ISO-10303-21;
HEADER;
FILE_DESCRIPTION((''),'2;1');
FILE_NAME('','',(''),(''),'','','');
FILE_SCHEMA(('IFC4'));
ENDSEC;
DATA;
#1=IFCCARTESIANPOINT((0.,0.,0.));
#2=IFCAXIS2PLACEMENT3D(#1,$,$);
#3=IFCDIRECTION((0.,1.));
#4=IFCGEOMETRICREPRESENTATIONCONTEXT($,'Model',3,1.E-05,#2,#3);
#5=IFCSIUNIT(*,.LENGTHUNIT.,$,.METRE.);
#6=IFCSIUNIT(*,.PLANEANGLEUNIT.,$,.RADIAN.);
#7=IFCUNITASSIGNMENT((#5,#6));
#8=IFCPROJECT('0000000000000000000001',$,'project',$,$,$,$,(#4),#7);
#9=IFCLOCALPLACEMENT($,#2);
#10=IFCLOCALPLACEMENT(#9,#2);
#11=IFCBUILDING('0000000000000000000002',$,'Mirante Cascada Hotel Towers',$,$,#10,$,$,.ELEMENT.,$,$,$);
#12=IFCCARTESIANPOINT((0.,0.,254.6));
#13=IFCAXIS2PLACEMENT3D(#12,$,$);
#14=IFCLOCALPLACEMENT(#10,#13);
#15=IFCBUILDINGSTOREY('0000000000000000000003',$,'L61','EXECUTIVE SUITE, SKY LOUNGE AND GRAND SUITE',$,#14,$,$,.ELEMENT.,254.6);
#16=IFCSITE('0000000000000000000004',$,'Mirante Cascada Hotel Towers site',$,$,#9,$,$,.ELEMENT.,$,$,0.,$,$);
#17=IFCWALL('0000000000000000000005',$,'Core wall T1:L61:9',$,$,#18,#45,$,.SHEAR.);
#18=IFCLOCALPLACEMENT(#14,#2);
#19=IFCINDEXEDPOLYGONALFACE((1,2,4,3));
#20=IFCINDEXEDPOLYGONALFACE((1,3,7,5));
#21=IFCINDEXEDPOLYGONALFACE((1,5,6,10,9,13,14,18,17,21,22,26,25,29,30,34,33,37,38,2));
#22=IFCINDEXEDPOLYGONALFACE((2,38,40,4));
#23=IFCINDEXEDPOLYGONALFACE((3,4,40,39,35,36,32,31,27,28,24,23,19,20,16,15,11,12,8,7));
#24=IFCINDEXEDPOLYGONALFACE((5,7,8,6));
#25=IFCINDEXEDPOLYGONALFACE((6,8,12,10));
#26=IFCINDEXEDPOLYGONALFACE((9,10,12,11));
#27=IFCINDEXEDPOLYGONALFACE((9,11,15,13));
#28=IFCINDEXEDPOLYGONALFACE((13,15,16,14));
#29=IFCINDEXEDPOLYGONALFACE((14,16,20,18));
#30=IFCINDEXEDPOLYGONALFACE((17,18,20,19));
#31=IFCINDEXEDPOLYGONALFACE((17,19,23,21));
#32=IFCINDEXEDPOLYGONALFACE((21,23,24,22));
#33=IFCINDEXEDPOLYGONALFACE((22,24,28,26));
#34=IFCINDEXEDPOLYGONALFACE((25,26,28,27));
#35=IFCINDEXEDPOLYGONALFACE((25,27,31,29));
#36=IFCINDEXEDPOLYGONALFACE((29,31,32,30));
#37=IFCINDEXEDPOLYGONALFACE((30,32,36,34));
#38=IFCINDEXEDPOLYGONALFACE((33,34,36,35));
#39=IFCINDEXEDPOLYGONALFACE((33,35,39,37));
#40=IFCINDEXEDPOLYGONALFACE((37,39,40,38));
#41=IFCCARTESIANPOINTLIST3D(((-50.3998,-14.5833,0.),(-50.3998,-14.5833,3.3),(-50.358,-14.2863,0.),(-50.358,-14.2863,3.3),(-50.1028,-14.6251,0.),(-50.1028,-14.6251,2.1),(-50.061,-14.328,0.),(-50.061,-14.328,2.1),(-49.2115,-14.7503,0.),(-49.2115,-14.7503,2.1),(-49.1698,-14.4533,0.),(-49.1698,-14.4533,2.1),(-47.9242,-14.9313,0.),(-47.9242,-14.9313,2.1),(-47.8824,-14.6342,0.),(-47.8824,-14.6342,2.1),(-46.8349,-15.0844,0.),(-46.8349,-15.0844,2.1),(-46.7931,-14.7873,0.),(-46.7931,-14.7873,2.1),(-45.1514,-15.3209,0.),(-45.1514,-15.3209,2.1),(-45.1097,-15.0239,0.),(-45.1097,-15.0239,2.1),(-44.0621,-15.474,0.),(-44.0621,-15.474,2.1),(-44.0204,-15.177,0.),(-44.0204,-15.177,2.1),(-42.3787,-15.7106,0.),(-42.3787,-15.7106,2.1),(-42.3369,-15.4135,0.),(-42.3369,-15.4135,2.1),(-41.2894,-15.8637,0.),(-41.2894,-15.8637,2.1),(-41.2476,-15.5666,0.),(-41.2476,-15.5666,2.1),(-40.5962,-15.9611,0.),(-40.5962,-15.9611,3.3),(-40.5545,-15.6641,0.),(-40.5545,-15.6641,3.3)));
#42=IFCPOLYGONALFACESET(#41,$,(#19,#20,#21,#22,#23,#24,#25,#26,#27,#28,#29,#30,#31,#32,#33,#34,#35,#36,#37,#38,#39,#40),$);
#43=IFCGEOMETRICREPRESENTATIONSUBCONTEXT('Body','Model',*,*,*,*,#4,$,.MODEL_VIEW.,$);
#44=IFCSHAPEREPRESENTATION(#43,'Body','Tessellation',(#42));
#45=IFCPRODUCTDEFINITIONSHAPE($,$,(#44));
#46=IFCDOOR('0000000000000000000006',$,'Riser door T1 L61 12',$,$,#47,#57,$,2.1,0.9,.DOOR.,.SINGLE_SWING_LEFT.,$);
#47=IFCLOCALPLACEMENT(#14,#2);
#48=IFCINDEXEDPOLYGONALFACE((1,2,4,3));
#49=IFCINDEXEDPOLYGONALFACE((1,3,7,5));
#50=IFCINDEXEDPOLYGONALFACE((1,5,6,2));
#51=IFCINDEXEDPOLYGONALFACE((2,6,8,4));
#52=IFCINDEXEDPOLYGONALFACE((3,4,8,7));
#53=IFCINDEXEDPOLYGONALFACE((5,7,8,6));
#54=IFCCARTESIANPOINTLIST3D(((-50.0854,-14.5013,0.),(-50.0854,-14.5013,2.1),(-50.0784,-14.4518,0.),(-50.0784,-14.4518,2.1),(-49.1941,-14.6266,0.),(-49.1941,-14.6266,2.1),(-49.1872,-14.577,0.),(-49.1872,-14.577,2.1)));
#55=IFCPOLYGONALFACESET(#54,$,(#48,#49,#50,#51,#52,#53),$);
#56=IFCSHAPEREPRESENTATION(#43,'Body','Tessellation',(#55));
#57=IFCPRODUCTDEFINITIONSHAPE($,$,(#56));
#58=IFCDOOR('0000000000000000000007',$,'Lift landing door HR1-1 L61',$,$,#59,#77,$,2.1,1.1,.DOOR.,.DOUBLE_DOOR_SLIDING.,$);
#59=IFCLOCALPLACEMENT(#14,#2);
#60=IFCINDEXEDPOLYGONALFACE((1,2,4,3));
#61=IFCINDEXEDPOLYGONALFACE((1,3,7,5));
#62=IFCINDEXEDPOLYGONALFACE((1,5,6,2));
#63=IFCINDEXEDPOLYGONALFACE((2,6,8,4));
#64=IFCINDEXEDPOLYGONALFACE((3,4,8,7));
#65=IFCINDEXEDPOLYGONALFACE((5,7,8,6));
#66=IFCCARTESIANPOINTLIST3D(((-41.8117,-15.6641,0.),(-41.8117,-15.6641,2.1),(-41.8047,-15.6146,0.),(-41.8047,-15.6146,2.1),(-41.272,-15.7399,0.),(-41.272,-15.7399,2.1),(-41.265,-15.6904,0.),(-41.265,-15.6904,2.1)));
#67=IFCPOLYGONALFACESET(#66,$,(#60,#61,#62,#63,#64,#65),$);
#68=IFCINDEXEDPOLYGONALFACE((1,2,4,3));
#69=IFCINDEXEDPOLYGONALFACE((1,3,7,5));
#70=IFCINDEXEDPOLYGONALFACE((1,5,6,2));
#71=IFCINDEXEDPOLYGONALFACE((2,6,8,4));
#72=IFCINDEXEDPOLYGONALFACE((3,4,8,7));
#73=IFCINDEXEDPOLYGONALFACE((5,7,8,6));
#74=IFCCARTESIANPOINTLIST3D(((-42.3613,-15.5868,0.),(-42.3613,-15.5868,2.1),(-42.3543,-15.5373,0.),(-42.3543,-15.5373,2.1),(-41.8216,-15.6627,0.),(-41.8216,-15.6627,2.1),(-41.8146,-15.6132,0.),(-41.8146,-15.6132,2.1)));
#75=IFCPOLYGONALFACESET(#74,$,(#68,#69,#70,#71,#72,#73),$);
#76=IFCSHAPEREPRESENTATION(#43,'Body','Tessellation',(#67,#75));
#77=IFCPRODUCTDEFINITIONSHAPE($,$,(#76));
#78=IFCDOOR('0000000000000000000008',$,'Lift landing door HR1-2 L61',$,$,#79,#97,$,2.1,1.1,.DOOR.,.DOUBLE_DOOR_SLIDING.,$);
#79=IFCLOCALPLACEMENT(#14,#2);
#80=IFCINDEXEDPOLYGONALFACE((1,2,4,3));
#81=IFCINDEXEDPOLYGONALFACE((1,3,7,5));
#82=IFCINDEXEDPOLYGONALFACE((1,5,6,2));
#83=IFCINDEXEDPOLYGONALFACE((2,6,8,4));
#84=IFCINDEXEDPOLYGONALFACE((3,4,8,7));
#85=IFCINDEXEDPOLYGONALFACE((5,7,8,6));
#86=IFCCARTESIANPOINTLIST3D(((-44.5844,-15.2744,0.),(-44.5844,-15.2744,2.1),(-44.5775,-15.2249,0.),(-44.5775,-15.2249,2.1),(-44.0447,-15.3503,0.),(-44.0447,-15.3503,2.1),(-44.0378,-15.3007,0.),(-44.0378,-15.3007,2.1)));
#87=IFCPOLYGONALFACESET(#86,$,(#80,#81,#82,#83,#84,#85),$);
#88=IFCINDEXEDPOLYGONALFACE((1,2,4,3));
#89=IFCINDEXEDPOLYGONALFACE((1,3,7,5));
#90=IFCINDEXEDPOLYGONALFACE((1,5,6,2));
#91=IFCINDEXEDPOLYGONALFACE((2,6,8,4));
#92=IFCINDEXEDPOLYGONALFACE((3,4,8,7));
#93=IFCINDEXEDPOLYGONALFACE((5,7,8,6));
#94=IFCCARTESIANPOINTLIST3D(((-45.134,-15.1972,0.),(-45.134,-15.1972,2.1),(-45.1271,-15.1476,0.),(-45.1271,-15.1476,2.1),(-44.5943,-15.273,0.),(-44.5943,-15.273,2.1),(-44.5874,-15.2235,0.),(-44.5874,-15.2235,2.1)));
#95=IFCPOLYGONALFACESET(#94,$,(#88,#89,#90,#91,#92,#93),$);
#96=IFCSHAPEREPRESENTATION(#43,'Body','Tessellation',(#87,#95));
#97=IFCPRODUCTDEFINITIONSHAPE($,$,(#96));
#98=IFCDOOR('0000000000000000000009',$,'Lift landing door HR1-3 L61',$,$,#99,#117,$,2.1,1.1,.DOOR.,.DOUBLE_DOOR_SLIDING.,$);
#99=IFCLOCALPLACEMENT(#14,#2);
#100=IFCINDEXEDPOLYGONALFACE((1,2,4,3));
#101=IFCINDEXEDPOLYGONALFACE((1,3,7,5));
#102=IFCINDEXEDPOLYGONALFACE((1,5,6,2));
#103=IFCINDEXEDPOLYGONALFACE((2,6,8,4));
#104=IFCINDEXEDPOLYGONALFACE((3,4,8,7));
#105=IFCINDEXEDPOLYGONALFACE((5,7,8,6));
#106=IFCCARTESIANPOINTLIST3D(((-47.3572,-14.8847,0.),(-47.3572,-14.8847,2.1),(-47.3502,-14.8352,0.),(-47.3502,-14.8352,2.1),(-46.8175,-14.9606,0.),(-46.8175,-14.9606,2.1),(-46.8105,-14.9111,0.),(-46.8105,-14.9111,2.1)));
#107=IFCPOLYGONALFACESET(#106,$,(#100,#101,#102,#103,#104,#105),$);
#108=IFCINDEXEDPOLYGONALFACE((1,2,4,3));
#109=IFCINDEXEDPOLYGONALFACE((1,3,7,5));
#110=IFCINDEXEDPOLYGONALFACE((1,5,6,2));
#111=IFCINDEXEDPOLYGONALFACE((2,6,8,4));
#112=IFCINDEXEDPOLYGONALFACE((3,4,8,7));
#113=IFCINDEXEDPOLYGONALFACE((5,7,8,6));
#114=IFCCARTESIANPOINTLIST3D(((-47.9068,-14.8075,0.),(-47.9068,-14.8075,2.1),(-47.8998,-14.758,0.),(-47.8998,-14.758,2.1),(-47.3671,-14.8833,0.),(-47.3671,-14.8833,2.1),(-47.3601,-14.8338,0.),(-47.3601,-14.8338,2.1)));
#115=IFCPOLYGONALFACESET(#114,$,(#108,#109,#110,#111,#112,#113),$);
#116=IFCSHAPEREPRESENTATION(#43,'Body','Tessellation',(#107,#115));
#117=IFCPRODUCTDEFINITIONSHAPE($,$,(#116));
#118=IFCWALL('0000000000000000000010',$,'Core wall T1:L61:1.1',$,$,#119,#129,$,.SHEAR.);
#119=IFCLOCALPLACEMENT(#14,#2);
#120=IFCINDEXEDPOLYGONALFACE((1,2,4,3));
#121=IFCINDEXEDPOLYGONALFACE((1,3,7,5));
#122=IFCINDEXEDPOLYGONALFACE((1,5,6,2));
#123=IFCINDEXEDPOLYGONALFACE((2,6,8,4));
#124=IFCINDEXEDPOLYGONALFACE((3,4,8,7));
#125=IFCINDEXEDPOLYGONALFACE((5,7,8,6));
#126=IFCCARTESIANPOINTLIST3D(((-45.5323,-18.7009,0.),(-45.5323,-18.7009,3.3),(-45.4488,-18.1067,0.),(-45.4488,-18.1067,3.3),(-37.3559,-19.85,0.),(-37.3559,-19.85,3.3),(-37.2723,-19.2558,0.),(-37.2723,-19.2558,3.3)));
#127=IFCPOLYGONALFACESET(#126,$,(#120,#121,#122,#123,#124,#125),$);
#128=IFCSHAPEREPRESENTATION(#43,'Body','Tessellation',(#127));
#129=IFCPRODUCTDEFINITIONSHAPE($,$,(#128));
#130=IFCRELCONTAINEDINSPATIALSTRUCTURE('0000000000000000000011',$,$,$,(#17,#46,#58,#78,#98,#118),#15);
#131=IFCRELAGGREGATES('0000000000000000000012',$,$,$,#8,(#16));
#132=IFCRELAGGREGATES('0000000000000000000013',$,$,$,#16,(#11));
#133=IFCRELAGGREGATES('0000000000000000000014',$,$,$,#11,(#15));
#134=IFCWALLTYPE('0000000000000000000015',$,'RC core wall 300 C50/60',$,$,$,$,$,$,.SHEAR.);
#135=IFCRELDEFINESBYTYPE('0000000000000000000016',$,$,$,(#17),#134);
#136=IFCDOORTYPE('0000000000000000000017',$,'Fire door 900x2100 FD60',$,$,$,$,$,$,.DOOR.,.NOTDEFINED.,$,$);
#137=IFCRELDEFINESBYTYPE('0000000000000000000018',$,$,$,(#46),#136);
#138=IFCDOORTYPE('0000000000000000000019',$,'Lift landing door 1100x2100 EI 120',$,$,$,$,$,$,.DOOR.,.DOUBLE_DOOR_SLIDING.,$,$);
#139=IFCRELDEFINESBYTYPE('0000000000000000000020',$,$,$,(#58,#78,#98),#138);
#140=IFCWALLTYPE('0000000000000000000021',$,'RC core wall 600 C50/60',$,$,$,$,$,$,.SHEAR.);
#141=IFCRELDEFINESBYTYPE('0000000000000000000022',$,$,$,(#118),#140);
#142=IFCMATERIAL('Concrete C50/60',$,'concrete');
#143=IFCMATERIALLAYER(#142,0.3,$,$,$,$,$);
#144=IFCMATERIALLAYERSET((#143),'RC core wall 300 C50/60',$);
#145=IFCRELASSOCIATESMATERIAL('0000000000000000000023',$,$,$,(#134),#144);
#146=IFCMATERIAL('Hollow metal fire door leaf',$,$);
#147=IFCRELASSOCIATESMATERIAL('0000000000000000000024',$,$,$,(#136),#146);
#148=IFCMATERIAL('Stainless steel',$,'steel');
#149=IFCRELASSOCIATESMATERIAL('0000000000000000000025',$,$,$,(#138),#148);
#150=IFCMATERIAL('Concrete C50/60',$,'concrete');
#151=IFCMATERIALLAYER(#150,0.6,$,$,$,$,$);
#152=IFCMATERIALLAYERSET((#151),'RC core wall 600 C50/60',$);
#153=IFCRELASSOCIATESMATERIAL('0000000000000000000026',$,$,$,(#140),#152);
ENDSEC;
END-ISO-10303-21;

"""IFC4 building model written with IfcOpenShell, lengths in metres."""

from ifc_helpers import new_model, si_unit, direction, frame, frame_2d, origin, place, context, subcontext, project, spatial, rectangle, extrude, material, layer, layer_set, type_object, element, fill, save


model = new_model("IFC4")

# Units and contexts
model_context = context("Model", 3, precision=1e-05, world=origin(), true_north=direction((0.0, 1.0)))
body_context = subcontext(model_context, "Body", "Model", "MODEL_VIEW")
ifc_project = project(units=[si_unit("LENGTHUNIT", "METRE"), si_unit("PLANEANGLEUNIT", "RADIAN")], contexts=[model_context])

# Site, building, storey
site_placement = place(None, origin())
site = spatial("IfcSite", under=ifc_project, at=site_placement, Name="Mirante Cascada Hotel Towers site", CompositionType="ELEMENT", RefElevation=0.0)
building_placement = place(site_placement, origin())
building = spatial("IfcBuilding", under=site, at=building_placement, Name="Mirante Cascada Hotel Towers", CompositionType="ELEMENT")
storey_placement = place(building_placement, frame((0.0, 0.0, 254.6)))
storey = spatial("IfcBuildingStorey", under=building, at=storey_placement, Name="L61", Description="EXECUTIVE SUITE, SKY LOUNGE AND GRAND SUITE", CompositionType="ELEMENT", Elevation=254.6)

# Shared definitions
ifc_material_1 = material(Name="Concrete C50/60", Category="concrete")
ifc_layer_1 = layer(ifc_material_1, 0.3)
ifc_layer_set_1 = layer_set([ifc_layer_1], Name="RC core wall 300 C50/60")
wall_type_1 = type_object("IfcWallType", Name="RC core wall 300 C50/60", PredefinedType="SHEAR", material=ifc_layer_set_1)

# Wall, openings, doors
wall_1_placement = place(storey_placement, frame((-40.5753, -15.8126, 0.0), z_axis=(0.0, 0.0, 1.0), x_axis=(-0.990268, 0.139173, 0.0)))
wall_1 = element("IfcWall", 1, at=wall_1_placement, inside=storey, type_object=wall_type_1, Name="Core wall T1:L61:9", PredefinedType="SHEAR", context=body_context, shape_type="SweptSolid", body=[
    extrude(rectangle(XDim=9.8999, YDim=0.3, at=frame_2d((4.95, 0.0))), origin(), (0.0, 0.0, 1.0), 3.3),
])
opening_1_placement = place(wall_1_placement, frame((0.7, 0.0, 0.0)))
opening_1 = element("IfcOpeningElement", 2, at=opening_1_placement, cuts=wall_1, PredefinedType="OPENING", context=body_context, shape_type="SweptSolid", body=[
    extrude(rectangle(XDim=1.1, YDim=2.1, at=frame_2d((0.55, 1.05))), frame((0.0, 0.15, 0.0), z_axis=(0.0, -1.0, 0.0), x_axis=(1.0, 0.0, 0.0)), (0.0, 0.0, 1.0), 0.3),
])
opening_2_placement = place(wall_1_placement, frame((3.5, 0.0, 0.0)))
opening_2 = element("IfcOpeningElement", 3, at=opening_2_placement, cuts=wall_1, PredefinedType="OPENING", context=body_context, shape_type="SweptSolid", body=[
    extrude(rectangle(XDim=1.1, YDim=2.1, at=frame_2d((0.55, 1.05))), frame((0.0, 0.15, 0.0), z_axis=(0.0, -1.0, 0.0), x_axis=(1.0, 0.0, 0.0)), (0.0, 0.0, 1.0), 0.3),
])
opening_3_placement = place(wall_1_placement, frame((6.3, 0.0, 0.0)))
opening_3 = element("IfcOpeningElement", 4, at=opening_3_placement, cuts=wall_1, PredefinedType="OPENING", context=body_context, shape_type="SweptSolid", body=[
    extrude(rectangle(XDim=1.1, YDim=2.1, at=frame_2d((0.55, 1.05))), frame((0.0, 0.15, 0.0), z_axis=(0.0, -1.0, 0.0), x_axis=(1.0, 0.0, 0.0)), (0.0, 0.0, 1.0), 0.3),
])
opening_4_placement = place(wall_1_placement, frame((8.7, 0.0, 0.0)))
opening_4 = element("IfcOpeningElement", 5, at=opening_4_placement, cuts=wall_1, PredefinedType="OPENING", context=body_context, shape_type="SweptSolid", body=[
    extrude(rectangle(XDim=0.9, YDim=2.1, at=frame_2d((0.45, 1.05))), frame((0.0, 0.15, 0.0), z_axis=(0.0, -1.0, 0.0), x_axis=(1.0, 0.0, 0.0)), (0.0, 0.0, 1.0), 0.3),
])
ifc_material_2 = material(Name="Hollow metal fire door leaf")
door_type_1 = type_object("IfcDoorType", Name="Fire door 900x2100 FD60", OperationType="NOTDEFINED", PredefinedType="DOOR", material=ifc_material_2)
door_1_placement = place(opening_4_placement, origin())
door_1 = element("IfcDoor", 6, at=door_1_placement, inside=storey, type_object=door_type_1, Name="Riser door T1 L61 12", OperationType="SINGLE_SWING_LEFT", OverallHeight=2.1, OverallWidth=0.9, PredefinedType="DOOR", context=body_context, shape_type="SweptSolid", body=[
    extrude(rectangle(XDim=0.9, YDim=2.1, at=frame_2d((0.45, 1.05))), frame((0.0, 0.025, 0.0), z_axis=(0.0, -1.0, 0.0), x_axis=(1.0, 0.0, 0.0)), (0.0, 0.0, 1.0), 0.05),
])
fill(opening_4, door_1)
ifc_material_3 = material(Name="Stainless steel", Category="steel")
door_type_2 = type_object("IfcDoorType", Name="Lift landing door 1100x2100 EI 120", OperationType="DOUBLE_DOOR_SLIDING", PredefinedType="DOOR", material=ifc_material_3)
door_2_placement = place(opening_1_placement, origin())
door_2 = element("IfcDoor", 7, at=door_2_placement, inside=storey, type_object=door_type_2, Name="Lift landing door HR1-1 L61", OperationType="DOUBLE_DOOR_SLIDING", OverallHeight=2.1, OverallWidth=1.1, PredefinedType="DOOR", context=body_context, shape_type="SweptSolid", body=[
    extrude(rectangle(XDim=0.545, YDim=2.1, at=frame_2d((0.2725, 1.05))), frame((0.0, 0.025, 0.0), z_axis=(0.0, -1.0, 0.0), x_axis=(1.0, 0.0, 0.0)), (0.0, 0.0, 1.0), 0.05),
    extrude(rectangle(XDim=0.545, YDim=2.1, at=frame_2d((0.8275, 1.05))), frame((0.0, 0.025, 0.0), z_axis=(0.0, -1.0, 0.0), x_axis=(1.0, 0.0, 0.0)), (0.0, 0.0, 1.0), 0.05),
])
fill(opening_1, door_2)
door_3_placement = place(opening_2_placement, origin())
door_3 = element("IfcDoor", 8, at=door_3_placement, inside=storey, type_object=door_type_2, Name="Lift landing door HR1-2 L61", OperationType="DOUBLE_DOOR_SLIDING", OverallHeight=2.1, OverallWidth=1.1, PredefinedType="DOOR", context=body_context, shape_type="SweptSolid", body=[
    extrude(rectangle(XDim=0.545, YDim=2.1, at=frame_2d((0.2725, 1.05))), frame((0.0, 0.025, 0.0), z_axis=(0.0, -1.0, 0.0), x_axis=(1.0, 0.0, 0.0)), (0.0, 0.0, 1.0), 0.05),
    extrude(rectangle(XDim=0.545, YDim=2.1, at=frame_2d((0.8275, 1.05))), frame((0.0, 0.025, 0.0), z_axis=(0.0, -1.0, 0.0), x_axis=(1.0, 0.0, 0.0)), (0.0, 0.0, 1.0), 0.05),
])
fill(opening_2, door_3)
door_4_placement = place(opening_3_placement, origin())
door_4 = element("IfcDoor", 9, at=door_4_placement, inside=storey, type_object=door_type_2, Name="Lift landing door HR1-3 L61", OperationType="DOUBLE_DOOR_SLIDING", OverallHeight=2.1, OverallWidth=1.1, PredefinedType="DOOR", context=body_context, shape_type="SweptSolid", body=[
    extrude(rectangle(XDim=0.545, YDim=2.1, at=frame_2d((0.2725, 1.05))), frame((0.0, 0.025, 0.0), z_axis=(0.0, -1.0, 0.0), x_axis=(1.0, 0.0, 0.0)), (0.0, 0.0, 1.0), 0.05),
    extrude(rectangle(XDim=0.545, YDim=2.1, at=frame_2d((0.8275, 1.05))), frame((0.0, 0.025, 0.0), z_axis=(0.0, -1.0, 0.0), x_axis=(1.0, 0.0, 0.0)), (0.0, 0.0, 1.0), 0.05),
])
fill(opening_3, door_4)

# Wall
ifc_material_4 = material(Name="Concrete C50/60", Category="concrete")
ifc_layer_2 = layer(ifc_material_4, 0.6)
ifc_layer_set_2 = layer_set([ifc_layer_2], Name="RC core wall 600 C50/60")
wall_type_2 = type_object("IfcWallType", Name="RC core wall 600 C50/60", PredefinedType="SHEAR", material=ifc_layer_set_2)
wall_2_placement = place(storey_placement, frame((-37.3141, -19.5529, 0.0), z_axis=(0.0, 0.0, 1.0), x_axis=(-0.990268, 0.139171, 0.0)))
element("IfcWall", 10, at=wall_2_placement, inside=storey, type_object=wall_type_2, Name="Core wall T1:L61:1.1", PredefinedType="SHEAR", context=body_context, shape_type="SweptSolid", body=[
    extrude(rectangle(XDim=8.2568, YDim=0.6, at=frame_2d((4.1284, 0.0))), origin(), (0.0, 0.0, 1.0), 3.3),
])

save(model, "model.ifc")
